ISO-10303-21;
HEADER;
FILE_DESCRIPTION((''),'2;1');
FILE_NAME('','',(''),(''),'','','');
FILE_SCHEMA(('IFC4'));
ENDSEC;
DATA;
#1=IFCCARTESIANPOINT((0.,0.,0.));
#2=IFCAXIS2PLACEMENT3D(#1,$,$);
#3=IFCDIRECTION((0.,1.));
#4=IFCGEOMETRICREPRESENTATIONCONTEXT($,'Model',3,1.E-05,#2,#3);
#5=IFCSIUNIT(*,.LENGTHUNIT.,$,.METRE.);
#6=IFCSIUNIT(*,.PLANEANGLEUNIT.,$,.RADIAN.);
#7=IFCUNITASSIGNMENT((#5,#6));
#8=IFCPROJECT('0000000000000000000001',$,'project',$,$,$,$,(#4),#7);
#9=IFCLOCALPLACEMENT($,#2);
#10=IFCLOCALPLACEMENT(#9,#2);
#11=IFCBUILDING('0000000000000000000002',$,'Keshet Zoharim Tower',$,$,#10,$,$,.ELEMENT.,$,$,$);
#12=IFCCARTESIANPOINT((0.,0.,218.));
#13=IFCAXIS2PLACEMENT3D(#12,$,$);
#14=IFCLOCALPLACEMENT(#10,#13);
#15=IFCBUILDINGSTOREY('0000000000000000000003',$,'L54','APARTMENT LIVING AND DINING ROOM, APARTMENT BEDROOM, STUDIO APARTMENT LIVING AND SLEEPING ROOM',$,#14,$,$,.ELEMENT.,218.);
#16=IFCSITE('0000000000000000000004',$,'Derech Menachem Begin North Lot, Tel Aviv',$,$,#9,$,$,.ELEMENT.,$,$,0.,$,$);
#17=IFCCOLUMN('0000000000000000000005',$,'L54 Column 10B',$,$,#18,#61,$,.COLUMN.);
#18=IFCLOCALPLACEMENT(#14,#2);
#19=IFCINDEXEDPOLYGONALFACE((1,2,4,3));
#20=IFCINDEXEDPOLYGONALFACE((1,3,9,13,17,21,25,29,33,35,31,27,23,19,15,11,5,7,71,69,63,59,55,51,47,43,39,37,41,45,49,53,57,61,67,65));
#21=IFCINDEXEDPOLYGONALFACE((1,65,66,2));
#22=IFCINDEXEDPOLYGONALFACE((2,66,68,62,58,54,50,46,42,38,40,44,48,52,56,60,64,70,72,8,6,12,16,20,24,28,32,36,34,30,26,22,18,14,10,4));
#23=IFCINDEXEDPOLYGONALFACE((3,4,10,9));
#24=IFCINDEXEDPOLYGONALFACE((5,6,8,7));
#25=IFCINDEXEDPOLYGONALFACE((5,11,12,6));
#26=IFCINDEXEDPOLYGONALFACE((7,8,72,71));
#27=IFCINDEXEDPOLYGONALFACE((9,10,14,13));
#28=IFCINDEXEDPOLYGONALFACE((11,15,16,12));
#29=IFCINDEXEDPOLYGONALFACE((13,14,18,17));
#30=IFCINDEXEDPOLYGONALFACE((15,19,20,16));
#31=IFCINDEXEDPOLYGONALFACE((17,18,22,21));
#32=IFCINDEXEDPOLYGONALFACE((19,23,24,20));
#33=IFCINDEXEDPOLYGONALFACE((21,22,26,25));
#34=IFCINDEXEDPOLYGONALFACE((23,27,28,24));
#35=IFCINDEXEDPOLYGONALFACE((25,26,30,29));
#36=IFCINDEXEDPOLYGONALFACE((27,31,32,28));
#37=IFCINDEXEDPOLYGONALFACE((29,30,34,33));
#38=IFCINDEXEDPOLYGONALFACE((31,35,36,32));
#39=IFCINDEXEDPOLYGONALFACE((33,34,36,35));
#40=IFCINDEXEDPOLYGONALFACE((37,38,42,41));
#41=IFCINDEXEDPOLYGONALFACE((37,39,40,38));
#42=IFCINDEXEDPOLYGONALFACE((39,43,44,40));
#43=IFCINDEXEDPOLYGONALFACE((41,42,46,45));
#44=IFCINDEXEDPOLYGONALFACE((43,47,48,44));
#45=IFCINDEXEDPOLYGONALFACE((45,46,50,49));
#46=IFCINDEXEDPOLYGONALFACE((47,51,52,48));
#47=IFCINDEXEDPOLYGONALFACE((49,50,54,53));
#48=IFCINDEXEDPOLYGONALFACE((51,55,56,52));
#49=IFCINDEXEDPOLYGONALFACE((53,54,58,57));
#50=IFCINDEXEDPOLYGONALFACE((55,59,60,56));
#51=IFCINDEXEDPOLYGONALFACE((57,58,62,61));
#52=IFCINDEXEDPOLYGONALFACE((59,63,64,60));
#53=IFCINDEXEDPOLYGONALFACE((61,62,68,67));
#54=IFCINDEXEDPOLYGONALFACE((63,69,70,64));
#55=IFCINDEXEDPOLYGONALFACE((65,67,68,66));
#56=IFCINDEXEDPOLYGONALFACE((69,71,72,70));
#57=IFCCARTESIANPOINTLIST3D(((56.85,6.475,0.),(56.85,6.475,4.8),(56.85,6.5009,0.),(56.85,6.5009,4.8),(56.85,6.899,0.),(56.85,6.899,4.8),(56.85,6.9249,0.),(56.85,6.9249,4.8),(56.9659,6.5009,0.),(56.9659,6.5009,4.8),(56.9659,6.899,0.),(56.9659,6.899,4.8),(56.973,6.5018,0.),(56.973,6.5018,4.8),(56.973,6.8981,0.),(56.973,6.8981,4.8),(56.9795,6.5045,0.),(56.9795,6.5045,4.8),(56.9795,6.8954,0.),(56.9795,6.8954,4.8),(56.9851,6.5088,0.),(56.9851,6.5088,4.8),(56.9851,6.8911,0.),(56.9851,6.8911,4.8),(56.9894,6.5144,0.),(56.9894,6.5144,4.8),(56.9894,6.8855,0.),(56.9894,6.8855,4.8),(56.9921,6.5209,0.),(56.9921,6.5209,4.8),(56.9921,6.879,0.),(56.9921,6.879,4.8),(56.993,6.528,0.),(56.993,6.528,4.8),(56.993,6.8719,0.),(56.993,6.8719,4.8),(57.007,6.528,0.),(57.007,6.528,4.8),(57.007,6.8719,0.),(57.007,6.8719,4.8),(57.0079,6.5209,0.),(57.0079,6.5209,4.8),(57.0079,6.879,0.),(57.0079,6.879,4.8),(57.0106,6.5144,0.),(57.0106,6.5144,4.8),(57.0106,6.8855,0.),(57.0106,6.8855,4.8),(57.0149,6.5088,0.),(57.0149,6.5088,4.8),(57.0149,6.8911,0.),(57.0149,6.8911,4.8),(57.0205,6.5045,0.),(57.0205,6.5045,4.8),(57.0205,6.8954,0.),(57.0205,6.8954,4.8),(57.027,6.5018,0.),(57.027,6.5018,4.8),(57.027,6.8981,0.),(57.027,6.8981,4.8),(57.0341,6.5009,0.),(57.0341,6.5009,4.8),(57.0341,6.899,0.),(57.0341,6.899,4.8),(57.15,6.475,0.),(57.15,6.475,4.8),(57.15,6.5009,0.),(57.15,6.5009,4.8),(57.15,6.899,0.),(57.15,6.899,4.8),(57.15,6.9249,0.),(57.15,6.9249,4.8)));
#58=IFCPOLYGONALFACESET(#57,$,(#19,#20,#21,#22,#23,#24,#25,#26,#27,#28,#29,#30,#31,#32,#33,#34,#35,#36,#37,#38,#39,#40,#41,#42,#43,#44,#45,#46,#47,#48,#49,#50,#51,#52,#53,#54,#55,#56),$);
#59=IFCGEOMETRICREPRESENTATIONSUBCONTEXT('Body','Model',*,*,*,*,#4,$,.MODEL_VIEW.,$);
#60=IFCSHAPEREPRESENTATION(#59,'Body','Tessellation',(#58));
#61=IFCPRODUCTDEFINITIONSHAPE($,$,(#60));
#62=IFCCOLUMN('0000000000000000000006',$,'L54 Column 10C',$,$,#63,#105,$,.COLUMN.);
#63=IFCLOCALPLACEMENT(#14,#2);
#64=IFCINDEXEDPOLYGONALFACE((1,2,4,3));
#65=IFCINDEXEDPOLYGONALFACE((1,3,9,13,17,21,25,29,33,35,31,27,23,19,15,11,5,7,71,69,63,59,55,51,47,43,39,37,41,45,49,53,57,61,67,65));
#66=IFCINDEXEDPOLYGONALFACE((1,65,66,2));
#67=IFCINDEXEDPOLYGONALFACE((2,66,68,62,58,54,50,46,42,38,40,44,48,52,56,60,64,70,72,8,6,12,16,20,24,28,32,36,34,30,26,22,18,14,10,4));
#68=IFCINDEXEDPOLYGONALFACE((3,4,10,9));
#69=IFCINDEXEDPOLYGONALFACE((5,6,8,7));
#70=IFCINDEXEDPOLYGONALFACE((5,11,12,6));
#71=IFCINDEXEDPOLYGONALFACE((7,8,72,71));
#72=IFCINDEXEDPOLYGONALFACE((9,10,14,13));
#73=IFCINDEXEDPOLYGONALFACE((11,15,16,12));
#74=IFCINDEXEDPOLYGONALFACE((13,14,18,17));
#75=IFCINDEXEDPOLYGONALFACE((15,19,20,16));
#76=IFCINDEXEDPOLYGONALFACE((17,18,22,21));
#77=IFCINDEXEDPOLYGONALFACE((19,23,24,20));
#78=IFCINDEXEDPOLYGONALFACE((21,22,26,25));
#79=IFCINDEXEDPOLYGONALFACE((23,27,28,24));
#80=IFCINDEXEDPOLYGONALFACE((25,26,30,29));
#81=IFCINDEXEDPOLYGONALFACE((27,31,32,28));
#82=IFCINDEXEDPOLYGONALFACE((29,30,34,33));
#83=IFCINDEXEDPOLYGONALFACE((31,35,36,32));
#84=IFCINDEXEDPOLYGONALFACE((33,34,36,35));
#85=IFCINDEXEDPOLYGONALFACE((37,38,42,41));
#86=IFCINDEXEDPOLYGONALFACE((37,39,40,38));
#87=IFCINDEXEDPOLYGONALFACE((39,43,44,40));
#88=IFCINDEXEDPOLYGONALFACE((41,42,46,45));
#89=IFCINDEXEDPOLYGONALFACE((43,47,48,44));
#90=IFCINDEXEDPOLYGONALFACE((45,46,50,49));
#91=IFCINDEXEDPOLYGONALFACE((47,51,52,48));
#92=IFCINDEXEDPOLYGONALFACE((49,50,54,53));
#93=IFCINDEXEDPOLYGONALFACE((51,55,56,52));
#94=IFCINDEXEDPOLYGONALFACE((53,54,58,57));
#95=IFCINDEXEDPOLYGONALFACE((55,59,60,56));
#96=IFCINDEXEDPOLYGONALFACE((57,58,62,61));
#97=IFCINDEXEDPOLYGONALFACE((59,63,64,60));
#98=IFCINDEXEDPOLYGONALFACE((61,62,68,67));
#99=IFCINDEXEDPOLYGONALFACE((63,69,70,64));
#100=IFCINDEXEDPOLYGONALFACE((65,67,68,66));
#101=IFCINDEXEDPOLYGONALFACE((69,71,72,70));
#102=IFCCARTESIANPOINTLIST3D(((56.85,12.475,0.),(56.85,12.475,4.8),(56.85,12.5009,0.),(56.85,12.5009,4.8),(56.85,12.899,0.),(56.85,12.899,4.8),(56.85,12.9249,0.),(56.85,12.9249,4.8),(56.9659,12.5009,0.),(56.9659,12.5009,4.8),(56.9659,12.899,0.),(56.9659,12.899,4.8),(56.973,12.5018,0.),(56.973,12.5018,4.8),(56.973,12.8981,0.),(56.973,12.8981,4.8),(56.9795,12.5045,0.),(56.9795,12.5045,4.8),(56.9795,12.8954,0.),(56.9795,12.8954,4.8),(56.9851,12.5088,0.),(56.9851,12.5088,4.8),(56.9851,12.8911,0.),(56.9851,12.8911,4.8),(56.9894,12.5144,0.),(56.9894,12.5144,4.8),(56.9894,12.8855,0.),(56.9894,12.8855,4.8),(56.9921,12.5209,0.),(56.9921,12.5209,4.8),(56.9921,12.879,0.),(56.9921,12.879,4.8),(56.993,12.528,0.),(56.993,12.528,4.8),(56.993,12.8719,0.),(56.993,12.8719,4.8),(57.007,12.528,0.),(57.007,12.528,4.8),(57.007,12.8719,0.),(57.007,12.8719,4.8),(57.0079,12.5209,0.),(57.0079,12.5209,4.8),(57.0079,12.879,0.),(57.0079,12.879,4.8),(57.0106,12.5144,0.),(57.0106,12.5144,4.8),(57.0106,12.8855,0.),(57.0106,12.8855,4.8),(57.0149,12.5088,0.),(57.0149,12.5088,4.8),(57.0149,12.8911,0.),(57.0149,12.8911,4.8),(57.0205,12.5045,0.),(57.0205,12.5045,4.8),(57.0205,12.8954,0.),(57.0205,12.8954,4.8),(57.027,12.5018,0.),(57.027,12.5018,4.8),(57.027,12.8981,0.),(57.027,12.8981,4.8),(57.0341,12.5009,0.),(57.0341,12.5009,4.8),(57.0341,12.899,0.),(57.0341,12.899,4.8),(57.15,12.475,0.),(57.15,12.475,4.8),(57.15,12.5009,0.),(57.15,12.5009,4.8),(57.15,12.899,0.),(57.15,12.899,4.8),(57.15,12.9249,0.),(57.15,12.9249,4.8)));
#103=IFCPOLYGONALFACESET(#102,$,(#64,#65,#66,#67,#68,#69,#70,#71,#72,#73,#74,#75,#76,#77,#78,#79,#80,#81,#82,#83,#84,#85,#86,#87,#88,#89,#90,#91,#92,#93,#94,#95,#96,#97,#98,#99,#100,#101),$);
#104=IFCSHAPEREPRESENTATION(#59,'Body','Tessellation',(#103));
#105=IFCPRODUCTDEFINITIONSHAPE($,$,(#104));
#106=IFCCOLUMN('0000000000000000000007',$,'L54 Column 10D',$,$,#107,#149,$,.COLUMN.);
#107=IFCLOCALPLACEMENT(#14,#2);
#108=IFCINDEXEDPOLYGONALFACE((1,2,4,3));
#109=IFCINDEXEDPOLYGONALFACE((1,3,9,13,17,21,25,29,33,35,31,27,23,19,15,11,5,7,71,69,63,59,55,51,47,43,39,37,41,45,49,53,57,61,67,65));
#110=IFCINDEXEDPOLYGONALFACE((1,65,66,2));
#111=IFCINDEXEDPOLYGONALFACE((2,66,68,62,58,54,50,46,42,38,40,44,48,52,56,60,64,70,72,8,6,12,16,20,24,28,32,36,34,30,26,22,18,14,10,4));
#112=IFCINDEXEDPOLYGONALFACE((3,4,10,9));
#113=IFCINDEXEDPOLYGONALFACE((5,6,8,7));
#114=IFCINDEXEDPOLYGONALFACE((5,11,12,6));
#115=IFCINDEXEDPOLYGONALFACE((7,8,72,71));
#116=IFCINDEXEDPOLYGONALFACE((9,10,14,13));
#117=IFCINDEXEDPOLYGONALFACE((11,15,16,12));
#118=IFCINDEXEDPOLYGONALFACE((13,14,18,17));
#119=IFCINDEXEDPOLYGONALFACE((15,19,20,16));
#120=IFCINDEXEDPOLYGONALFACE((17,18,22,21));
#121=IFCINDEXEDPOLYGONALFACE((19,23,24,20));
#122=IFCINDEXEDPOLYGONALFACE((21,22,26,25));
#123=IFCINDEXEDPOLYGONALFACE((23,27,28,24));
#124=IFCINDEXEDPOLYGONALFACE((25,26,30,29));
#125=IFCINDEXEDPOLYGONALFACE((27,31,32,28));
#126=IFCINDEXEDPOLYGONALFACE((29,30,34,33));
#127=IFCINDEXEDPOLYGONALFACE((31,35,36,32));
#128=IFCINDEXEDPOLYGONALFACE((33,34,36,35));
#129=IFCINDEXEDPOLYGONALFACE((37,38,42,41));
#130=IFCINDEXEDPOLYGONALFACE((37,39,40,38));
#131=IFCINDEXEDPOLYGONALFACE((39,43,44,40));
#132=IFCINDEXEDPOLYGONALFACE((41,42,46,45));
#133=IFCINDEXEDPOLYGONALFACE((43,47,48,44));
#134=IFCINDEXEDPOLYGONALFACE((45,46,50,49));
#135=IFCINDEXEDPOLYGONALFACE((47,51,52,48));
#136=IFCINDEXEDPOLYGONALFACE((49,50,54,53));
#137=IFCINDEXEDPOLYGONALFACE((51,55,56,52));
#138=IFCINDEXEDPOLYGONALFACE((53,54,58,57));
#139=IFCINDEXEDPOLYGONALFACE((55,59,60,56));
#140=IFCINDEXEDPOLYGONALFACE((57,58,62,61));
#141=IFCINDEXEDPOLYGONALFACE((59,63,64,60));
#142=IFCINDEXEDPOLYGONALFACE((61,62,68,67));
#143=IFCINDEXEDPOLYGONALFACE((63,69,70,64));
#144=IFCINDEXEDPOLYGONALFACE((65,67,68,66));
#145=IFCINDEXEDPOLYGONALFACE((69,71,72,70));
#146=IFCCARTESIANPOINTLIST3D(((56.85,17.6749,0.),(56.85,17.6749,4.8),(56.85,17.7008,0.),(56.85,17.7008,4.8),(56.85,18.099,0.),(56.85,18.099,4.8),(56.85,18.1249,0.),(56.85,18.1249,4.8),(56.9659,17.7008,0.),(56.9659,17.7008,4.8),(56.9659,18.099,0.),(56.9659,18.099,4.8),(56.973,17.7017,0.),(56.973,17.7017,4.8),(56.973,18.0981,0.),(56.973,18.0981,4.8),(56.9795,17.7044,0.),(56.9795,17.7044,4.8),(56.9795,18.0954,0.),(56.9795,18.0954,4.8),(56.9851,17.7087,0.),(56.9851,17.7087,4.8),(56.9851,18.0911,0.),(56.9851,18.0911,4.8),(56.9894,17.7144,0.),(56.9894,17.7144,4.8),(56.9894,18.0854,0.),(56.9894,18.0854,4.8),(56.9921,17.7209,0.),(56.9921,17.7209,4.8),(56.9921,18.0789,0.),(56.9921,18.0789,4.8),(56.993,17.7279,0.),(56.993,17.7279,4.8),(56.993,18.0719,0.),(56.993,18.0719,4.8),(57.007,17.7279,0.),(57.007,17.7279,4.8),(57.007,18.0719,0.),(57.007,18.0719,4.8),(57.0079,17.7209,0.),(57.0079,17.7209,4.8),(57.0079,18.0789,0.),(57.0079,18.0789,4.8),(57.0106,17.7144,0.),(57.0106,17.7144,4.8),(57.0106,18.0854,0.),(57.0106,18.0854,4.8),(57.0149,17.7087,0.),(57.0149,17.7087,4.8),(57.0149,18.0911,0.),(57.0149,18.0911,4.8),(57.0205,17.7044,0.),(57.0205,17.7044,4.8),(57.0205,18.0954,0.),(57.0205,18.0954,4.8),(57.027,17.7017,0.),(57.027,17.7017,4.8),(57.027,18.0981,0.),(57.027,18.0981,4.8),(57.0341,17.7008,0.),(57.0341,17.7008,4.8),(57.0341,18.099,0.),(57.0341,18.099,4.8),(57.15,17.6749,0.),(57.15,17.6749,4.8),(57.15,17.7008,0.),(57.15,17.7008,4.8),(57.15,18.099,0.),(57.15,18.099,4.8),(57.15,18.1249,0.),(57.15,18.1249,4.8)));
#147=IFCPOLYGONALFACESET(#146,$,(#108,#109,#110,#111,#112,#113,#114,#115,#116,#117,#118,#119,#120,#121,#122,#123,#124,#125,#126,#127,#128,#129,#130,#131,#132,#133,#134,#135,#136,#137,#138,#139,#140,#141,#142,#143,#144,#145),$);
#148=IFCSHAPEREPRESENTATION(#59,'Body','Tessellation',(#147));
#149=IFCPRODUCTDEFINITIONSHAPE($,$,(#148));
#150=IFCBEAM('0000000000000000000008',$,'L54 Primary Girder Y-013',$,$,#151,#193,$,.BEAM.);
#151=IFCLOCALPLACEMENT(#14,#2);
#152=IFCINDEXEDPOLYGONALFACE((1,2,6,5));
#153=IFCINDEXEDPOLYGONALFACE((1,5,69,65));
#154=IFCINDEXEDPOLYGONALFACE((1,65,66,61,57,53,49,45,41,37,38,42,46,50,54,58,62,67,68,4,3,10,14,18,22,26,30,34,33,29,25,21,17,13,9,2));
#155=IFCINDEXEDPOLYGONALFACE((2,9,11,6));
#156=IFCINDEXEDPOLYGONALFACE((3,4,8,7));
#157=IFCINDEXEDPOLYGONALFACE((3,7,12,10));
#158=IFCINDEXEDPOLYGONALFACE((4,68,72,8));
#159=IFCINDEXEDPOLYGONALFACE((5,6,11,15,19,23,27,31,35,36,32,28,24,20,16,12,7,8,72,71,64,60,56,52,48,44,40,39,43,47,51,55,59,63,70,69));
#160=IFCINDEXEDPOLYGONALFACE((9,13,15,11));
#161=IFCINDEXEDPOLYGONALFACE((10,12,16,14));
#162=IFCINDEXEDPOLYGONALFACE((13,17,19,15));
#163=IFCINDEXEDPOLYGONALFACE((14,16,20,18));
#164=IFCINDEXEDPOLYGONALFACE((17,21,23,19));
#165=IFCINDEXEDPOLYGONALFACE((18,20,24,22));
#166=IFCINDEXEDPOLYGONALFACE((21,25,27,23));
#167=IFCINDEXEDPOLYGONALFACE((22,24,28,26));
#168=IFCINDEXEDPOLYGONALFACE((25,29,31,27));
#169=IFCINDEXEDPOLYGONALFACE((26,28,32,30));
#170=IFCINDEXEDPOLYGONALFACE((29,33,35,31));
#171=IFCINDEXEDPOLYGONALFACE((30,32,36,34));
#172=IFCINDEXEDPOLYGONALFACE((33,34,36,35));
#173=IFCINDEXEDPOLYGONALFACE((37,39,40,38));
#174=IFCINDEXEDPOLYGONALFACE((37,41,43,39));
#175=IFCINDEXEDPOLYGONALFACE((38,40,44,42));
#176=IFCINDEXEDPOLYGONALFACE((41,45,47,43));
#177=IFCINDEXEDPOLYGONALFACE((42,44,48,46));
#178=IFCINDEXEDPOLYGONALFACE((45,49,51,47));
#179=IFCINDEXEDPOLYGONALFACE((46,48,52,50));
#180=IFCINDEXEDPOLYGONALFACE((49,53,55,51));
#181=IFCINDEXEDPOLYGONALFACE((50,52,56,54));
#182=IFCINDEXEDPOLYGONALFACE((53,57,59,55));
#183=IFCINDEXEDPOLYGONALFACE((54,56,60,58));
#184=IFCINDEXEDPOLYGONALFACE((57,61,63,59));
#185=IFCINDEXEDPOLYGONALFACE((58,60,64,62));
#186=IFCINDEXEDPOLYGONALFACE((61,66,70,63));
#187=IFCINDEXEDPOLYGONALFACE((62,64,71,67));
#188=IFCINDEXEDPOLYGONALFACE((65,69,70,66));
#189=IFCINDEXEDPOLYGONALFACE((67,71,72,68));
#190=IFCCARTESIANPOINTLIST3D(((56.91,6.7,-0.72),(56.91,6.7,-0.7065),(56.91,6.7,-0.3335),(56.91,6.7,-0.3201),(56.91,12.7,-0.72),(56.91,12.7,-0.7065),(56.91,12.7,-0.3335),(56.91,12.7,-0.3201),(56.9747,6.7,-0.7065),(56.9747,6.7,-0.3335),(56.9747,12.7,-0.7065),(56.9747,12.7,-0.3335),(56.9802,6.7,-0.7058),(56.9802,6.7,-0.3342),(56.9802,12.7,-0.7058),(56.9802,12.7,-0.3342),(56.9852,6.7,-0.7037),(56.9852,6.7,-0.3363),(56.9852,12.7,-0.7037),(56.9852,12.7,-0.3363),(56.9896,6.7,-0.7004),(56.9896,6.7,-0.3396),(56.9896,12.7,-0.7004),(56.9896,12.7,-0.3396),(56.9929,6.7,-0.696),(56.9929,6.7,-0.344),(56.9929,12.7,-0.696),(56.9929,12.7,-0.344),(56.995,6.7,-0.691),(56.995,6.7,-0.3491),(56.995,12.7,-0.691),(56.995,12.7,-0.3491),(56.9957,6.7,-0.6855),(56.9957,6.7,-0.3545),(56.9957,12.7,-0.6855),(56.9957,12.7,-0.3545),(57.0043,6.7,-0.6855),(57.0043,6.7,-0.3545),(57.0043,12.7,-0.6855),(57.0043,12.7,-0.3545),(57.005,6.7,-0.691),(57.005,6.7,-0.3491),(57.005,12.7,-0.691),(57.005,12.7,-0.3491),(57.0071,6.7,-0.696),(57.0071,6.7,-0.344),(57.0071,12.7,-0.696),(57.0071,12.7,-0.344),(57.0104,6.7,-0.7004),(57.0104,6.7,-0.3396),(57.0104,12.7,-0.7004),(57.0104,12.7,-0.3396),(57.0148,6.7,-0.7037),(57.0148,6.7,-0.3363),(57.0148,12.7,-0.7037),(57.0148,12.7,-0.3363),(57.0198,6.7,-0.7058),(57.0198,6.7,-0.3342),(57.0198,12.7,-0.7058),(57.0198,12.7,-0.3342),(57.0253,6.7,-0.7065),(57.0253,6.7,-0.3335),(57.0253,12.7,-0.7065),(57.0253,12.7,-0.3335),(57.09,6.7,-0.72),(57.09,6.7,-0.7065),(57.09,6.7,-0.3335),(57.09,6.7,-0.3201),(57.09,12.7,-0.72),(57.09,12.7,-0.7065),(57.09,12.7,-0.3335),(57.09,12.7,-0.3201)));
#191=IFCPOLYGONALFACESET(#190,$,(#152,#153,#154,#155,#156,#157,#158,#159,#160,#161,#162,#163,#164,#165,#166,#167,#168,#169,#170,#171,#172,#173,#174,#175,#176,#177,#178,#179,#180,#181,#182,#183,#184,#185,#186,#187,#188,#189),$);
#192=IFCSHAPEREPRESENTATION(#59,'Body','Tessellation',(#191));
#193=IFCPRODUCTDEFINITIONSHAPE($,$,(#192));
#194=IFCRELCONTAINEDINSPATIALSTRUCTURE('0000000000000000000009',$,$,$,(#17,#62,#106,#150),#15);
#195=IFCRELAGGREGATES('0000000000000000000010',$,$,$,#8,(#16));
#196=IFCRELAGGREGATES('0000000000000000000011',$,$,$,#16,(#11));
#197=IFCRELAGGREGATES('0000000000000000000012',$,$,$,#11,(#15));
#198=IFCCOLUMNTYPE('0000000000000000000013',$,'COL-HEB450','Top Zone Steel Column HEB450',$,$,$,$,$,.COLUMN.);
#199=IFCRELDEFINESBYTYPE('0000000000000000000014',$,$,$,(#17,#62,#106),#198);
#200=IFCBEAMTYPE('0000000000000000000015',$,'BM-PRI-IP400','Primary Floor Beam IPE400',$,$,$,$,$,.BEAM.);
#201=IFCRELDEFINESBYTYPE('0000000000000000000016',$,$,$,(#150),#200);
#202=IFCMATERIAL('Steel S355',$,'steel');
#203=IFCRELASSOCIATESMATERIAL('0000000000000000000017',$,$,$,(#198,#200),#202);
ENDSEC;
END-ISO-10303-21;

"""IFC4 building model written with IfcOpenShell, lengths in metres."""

from ifc_helpers import new_model, si_unit, direction, frame, origin, origin_2d, place, context, subcontext, project, spatial, i_section, extrude, material, material_profile, profile_set, type_object, element, save


model = new_model("IFC4")

# Units and contexts
model_context = context("Model", 3, precision=1e-05, world=origin(), true_north=direction((0.0, 1.0)))
body_context = subcontext(model_context, "Body", "Model", "MODEL_VIEW")
ifc_project = project(units=[si_unit("LENGTHUNIT", "METRE"), si_unit("PLANEANGLEUNIT", "RADIAN")], contexts=[model_context])

# Site, building, storey
site_placement = place(None, origin())
site = spatial("IfcSite", under=ifc_project, at=site_placement, Name="Derech Menachem Begin North Lot, Tel Aviv", CompositionType="ELEMENT", RefElevation=0.0)
building_placement = place(site_placement, origin())
building = spatial("IfcBuilding", under=site, at=building_placement, Name="Keshet Zoharim Tower", CompositionType="ELEMENT")
storey_placement = place(building_placement, frame((0.0, 0.0, 218.0)))
storey = spatial("IfcBuildingStorey", under=building, at=storey_placement, Name="L54", Description="APARTMENT LIVING AND DINING ROOM, APARTMENT BEDROOM, STUDIO APARTMENT LIVING AND SLEEPING ROOM", CompositionType="ELEMENT", Elevation=218.0)

# Columns
ifc_material_1 = material(Name="Steel S355", Category="steel")
ifc_material_profile_1 = material_profile(ifc_material_1, i_section(OverallWidth=0.3, OverallDepth=0.45, WebThickness=0.0139, FlangeThickness=0.0259, FilletRadius=0.0271, at=origin_2d()), Name="HEB450")
ifc_profile_set_1 = profile_set([ifc_material_profile_1], Name="Steel S355")
column_type = type_object("IfcColumnType", Name="COL-HEB450", Description="Top Zone Steel Column HEB450", PredefinedType="COLUMN", material=ifc_profile_set_1)
for number, where, z_axis, x_axis, name in (
    (1, (57.0, 6.7, 0.0), (0.0, 0.0, 1.0), (1.0, 0.0, 0.0), "L54 Column 10B"),
    (2, (57.0, 12.7, 0.0), (0.0, 0.0, 1.0), (1.0, 0.0, 0.0), "L54 Column 10C"),
    (3, (57.0, 17.8999, 0.0), (0.0, 0.0, 1.0), (1.0, 0.0, 0.0), "L54 Column 10D"),
):
    element("IfcColumn", number, at=place(storey_placement, frame(where, z_axis=z_axis, x_axis=x_axis)), inside=storey, type_object=column_type, Name=name, PredefinedType="COLUMN", context=body_context, shape_type="SweptSolid", body=[
        extrude(i_section(OverallWidth=0.3, OverallDepth=0.45, WebThickness=0.0139, FlangeThickness=0.0259, FilletRadius=0.0271, at=origin_2d()), origin(), (0.0, 0.0, 1.0), 4.8),
    ])

# Beam
ifc_material_profile_2 = material_profile(ifc_material_1, i_section(OverallWidth=0.1799, OverallDepth=0.3999, WebThickness=0.0085, FlangeThickness=0.0134, FilletRadius=0.021, at=origin_2d()), Name="IPE400")
ifc_profile_set_2 = profile_set([ifc_material_profile_2], Name="Steel S355")
beam_type = type_object("IfcBeamType", Name="BM-PRI-IP400", Description="Primary Floor Beam IPE400", PredefinedType="BEAM", material=ifc_profile_set_2)
beam_1_placement = place(storey_placement, frame((57.0, 6.7, -0.52), z_axis=(0.0, 1.0, 0.0), x_axis=(-1.0, 0.0, 0.0)))
element("IfcBeam", 4, at=beam_1_placement, inside=storey, type_object=beam_type, Name="L54 Primary Girder Y-013", PredefinedType="BEAM", context=body_context, shape_type="SweptSolid", body=[
    extrude(i_section(OverallWidth=0.1799, OverallDepth=0.3999, WebThickness=0.0085, FlangeThickness=0.0134, FilletRadius=0.021, at=origin_2d()), origin(), (0.0, 0.0, 1.0), 6.0),
])

save(model, "model.ifc")
